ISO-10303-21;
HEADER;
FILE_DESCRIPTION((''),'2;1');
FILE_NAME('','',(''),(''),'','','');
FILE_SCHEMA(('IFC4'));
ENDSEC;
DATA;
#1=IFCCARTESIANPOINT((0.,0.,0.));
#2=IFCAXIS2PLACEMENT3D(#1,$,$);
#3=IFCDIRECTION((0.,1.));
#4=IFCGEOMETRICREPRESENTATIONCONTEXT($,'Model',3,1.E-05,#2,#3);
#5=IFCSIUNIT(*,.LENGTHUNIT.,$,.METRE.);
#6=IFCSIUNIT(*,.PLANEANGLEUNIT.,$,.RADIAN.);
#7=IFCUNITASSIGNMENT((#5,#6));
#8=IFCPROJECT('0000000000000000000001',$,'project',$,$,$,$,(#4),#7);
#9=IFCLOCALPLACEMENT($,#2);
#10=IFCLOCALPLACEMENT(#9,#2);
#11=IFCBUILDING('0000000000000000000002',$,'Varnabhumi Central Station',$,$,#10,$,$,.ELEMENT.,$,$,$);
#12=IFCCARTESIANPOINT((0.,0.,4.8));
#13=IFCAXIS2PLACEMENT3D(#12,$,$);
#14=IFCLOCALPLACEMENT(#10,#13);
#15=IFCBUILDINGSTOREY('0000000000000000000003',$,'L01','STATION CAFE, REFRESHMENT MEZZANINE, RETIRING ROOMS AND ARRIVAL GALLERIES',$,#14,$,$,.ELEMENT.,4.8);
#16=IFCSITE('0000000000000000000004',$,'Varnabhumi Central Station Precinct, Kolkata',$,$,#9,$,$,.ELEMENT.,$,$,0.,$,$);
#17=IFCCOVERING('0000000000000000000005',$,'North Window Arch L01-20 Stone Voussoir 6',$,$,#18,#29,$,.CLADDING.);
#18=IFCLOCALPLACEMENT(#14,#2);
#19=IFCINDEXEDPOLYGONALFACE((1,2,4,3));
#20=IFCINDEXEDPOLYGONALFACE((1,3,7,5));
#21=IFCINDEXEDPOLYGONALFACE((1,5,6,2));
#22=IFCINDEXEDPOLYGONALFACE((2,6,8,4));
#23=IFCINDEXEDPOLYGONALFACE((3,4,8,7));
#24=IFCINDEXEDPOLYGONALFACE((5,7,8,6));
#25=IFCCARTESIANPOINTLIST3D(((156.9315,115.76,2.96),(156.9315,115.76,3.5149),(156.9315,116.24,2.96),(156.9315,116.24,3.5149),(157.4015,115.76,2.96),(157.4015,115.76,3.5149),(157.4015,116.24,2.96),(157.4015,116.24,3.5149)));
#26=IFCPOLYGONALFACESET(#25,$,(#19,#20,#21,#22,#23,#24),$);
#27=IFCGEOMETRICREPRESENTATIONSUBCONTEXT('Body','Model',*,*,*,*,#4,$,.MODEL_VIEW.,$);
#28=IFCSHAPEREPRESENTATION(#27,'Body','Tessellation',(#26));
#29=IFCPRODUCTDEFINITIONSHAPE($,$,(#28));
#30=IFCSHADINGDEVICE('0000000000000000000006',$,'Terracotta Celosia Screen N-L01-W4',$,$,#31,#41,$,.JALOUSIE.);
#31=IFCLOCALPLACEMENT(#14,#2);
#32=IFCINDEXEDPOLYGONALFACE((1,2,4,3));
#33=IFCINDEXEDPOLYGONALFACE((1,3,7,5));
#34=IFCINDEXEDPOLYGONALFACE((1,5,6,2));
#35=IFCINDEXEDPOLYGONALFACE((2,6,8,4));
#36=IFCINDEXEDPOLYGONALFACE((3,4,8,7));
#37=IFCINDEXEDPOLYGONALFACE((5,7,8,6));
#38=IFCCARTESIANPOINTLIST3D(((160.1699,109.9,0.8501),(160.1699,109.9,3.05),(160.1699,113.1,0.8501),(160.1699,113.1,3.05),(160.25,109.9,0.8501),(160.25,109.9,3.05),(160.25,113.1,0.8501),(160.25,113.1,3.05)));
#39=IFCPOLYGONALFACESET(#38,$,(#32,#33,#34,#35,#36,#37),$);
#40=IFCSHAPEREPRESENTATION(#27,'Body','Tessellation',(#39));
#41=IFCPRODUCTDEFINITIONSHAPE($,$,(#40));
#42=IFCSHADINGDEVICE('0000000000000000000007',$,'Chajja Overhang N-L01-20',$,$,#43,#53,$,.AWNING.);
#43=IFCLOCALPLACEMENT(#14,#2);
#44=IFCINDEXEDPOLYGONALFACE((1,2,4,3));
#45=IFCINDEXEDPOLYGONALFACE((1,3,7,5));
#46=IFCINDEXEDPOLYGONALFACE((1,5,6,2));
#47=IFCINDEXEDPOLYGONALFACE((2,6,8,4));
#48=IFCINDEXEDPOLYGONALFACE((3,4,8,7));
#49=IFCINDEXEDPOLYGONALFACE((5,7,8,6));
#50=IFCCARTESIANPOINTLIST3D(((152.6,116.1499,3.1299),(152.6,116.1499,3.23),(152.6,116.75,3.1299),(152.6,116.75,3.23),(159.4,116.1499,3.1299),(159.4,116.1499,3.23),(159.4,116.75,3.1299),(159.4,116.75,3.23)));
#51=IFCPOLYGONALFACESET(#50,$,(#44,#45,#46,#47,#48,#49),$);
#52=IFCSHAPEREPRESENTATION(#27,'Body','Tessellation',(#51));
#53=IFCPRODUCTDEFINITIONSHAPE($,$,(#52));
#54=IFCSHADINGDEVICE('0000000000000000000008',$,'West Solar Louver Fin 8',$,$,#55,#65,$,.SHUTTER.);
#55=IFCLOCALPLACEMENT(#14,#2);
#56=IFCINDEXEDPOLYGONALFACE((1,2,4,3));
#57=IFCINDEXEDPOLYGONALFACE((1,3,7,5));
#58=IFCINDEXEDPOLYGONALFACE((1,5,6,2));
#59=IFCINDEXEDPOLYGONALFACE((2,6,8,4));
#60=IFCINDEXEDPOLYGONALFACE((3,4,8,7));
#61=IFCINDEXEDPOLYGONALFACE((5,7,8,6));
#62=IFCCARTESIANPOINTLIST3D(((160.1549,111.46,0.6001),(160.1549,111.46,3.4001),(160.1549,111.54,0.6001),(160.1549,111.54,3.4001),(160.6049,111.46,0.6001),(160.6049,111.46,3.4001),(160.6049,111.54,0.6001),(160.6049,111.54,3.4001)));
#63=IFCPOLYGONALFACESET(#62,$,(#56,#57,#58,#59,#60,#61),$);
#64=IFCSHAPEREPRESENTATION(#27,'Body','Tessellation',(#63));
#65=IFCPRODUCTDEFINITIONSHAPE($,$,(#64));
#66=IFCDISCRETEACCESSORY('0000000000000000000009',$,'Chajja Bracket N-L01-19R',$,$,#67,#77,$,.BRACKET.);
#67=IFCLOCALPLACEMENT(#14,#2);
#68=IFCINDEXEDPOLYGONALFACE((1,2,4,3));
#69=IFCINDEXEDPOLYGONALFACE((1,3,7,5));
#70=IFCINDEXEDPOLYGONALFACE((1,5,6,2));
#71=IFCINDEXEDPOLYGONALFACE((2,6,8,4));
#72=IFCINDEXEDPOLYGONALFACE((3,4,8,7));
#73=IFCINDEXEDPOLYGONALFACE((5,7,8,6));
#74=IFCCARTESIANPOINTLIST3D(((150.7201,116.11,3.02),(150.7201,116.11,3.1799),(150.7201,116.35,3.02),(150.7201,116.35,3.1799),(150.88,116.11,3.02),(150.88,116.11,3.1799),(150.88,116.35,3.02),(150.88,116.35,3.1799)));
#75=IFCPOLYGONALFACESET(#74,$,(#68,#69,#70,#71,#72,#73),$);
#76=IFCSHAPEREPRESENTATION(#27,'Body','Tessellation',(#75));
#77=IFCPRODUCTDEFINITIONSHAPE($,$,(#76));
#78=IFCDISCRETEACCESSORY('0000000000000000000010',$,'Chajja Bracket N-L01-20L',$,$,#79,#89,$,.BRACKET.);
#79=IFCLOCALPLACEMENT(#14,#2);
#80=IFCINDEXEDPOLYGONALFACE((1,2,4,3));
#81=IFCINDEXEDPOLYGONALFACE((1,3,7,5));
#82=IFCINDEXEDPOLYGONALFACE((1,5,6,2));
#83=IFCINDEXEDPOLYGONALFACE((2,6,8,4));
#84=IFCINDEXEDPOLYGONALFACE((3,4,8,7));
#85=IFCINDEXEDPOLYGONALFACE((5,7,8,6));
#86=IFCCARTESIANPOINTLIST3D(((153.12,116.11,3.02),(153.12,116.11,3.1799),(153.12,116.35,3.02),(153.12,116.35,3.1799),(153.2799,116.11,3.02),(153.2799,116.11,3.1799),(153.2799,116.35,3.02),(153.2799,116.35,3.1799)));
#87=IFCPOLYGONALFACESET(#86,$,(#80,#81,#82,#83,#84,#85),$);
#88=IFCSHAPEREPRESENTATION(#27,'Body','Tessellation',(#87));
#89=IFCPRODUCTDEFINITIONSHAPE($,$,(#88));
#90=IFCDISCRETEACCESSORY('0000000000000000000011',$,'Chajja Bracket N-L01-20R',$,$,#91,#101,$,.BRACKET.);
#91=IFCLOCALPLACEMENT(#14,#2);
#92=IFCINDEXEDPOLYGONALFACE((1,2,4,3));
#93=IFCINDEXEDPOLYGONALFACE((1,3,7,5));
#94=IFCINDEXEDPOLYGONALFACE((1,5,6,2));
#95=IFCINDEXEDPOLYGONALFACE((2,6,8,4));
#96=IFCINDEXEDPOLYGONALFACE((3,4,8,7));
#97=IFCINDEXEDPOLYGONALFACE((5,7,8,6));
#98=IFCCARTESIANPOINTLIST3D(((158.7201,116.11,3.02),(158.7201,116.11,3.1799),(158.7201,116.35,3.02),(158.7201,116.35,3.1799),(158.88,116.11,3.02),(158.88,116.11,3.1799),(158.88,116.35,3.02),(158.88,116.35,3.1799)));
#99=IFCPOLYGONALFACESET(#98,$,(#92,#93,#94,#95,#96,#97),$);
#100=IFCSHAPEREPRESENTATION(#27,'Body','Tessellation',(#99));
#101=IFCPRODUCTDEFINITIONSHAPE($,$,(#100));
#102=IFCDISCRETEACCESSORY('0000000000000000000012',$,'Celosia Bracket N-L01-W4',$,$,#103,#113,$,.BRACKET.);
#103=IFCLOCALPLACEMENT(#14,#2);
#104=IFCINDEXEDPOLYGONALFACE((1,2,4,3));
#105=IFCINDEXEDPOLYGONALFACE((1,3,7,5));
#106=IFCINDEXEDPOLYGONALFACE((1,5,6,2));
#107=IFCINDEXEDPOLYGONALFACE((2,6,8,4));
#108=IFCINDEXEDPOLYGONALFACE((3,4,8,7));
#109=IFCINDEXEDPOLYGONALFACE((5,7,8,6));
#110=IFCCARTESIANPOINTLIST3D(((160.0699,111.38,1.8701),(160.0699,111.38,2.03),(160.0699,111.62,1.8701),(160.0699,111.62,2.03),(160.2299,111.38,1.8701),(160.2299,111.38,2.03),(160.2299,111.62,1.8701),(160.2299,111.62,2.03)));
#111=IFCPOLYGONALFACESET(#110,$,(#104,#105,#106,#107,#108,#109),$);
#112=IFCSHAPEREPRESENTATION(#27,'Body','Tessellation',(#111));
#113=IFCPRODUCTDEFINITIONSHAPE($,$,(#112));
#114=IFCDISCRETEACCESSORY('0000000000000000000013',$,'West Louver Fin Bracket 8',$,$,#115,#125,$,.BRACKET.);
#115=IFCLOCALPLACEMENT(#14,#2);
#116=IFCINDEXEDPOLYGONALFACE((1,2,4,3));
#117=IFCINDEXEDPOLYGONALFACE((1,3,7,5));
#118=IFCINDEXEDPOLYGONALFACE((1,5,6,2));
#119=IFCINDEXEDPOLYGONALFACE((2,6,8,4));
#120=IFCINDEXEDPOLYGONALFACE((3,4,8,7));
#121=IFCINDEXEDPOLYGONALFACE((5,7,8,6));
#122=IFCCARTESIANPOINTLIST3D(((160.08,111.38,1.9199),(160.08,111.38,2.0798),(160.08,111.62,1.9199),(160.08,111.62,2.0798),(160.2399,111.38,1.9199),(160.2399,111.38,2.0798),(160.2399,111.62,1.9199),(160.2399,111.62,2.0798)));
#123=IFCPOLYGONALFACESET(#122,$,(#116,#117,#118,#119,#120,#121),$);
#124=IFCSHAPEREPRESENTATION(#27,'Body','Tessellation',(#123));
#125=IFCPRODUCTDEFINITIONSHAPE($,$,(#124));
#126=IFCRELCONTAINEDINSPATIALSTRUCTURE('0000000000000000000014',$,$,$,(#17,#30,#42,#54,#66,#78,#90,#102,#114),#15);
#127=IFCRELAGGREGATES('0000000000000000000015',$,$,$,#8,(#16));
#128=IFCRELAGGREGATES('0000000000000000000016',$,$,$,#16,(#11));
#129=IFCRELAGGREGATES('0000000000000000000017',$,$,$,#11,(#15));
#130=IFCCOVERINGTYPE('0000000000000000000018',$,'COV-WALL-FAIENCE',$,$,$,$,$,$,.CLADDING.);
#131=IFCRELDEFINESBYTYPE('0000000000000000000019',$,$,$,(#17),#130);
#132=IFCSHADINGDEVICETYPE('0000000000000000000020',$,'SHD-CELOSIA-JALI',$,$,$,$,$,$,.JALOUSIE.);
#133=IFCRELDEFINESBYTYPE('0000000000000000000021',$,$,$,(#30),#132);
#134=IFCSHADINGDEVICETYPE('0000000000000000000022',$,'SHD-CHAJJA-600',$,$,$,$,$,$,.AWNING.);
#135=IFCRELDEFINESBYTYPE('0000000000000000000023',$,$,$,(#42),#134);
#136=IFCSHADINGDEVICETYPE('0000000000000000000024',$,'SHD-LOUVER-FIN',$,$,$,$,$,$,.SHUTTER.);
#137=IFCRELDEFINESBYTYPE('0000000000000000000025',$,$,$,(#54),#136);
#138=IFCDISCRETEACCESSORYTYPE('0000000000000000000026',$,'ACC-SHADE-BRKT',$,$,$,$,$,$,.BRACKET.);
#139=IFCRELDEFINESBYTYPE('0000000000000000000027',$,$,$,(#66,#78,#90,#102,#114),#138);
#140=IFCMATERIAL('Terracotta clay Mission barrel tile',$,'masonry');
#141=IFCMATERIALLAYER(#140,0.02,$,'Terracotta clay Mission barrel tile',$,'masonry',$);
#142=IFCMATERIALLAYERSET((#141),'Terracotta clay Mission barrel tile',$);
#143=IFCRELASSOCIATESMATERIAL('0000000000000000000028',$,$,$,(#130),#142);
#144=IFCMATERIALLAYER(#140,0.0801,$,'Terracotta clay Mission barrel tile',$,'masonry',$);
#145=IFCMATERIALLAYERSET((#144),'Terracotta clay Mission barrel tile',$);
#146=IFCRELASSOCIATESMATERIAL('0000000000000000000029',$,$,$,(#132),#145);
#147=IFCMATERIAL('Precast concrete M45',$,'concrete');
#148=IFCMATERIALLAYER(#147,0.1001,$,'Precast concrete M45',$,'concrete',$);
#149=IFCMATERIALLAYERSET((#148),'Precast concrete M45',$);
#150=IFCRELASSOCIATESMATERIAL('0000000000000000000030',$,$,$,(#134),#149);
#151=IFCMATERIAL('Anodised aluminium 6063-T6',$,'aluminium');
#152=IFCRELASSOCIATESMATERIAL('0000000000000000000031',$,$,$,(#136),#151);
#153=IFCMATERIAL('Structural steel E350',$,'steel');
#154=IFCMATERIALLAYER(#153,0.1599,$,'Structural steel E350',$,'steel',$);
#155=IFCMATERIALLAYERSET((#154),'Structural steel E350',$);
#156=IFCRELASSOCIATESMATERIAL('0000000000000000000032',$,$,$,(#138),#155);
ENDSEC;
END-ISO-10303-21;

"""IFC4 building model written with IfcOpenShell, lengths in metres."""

from ifc_helpers import new_model, si_unit, direction, frame, origin, origin_2d, place, context, subcontext, project, spatial, rectangle, extrude, material, layer, layer_set, type_object, element, save


model = new_model("IFC4")

# Units and contexts
model_context = context("Model", 3, precision=1e-05, world=origin(), true_north=direction((0.0, 1.0)))
body_context = subcontext(model_context, "Body", "Model", "MODEL_VIEW")
ifc_project = project(units=[si_unit("LENGTHUNIT", "METRE"), si_unit("PLANEANGLEUNIT", "RADIAN")], contexts=[model_context])

# Site, building, storey
site_placement = place(None, origin())
site = spatial("IfcSite", under=ifc_project, at=site_placement, Name="Varnabhumi Central Station Precinct, Kolkata", CompositionType="ELEMENT", RefElevation=0.0)
building_placement = place(site_placement, origin())
building = spatial("IfcBuilding", under=site, at=building_placement, Name="Varnabhumi Central Station", CompositionType="ELEMENT")
storey_placement = place(building_placement, frame((0.0, 0.0, 4.8)))
storey = spatial("IfcBuildingStorey", under=building, at=storey_placement, Name="L01", Description="STATION CAFE, REFRESHMENT MEZZANINE, RETIRING ROOMS AND ARRIVAL GALLERIES", CompositionType="ELEMENT", Elevation=4.8)

# Covering
ifc_material_1 = material(Name="Terracotta clay Mission barrel tile", Category="masonry")
ifc_layer_1 = layer(ifc_material_1, 0.02, Name="Terracotta clay Mission barrel tile", Category="masonry")
ifc_layer_set_1 = layer_set([ifc_layer_1], Name="Terracotta clay Mission barrel tile")
covering_type = type_object("IfcCoveringType", Name="COV-WALL-FAIENCE", PredefinedType="CLADDING", material=ifc_layer_set_1)
covering_1_placement = place(storey_placement, frame((157.1665, 116.0, 2.96), z_axis=(0.0, 0.0, 1.0), x_axis=(1.0, 0.0, 0.0)))
element("IfcCovering", 1, at=covering_1_placement, inside=storey, type_object=covering_type, Name="North Window Arch L01-20 Stone Voussoir 6", PredefinedType="CLADDING", context=body_context, shape_type="SweptSolid", body=[
    extrude(rectangle(XDim=0.47, YDim=0.48, at=origin_2d()), origin(), (0.0, 0.0, 1.0), 0.5549),
])

# Shading devices
ifc_layer_2 = layer(ifc_material_1, 0.0801, Name="Terracotta clay Mission barrel tile", Category="masonry")
ifc_layer_set_2 = layer_set([ifc_layer_2], Name="Terracotta clay Mission barrel tile")
shading_device_type_1 = type_object("IfcShadingDeviceType", Name="SHD-CELOSIA-JALI", PredefinedType="JALOUSIE", material=ifc_layer_set_2)
shading_device_1_placement = place(storey_placement, frame((160.21, 111.5, 0.8501), z_axis=(0.0, 0.0, 1.0), x_axis=(1.0, 0.0, 0.0)))
element("IfcShadingDevice", 2, at=shading_device_1_placement, inside=storey, type_object=shading_device_type_1, Name="Terracotta Celosia Screen N-L01-W4", PredefinedType="JALOUSIE", context=body_context, shape_type="SweptSolid", body=[
    extrude(rectangle(XDim=0.0801, YDim=3.2, at=origin_2d()), origin(), (0.0, 0.0, 1.0), 2.2),
])
ifc_material_2 = material(Name="Precast concrete M45", Category="concrete")
ifc_layer_3 = layer(ifc_material_2, 0.1001, Name="Precast concrete M45", Category="concrete")
ifc_layer_set_3 = layer_set([ifc_layer_3], Name="Precast concrete M45")
shading_device_type_2 = type_object("IfcShadingDeviceType", Name="SHD-CHAJJA-600", PredefinedType="AWNING", material=ifc_layer_set_3)
shading_device_2_placement = place(storey_placement, frame((156.0, 116.45, 3.1299), z_axis=(0.0, 0.0, 1.0), x_axis=(1.0, 0.0, 0.0)))
element("IfcShadingDevice", 3, at=shading_device_2_placement, inside=storey, type_object=shading_device_type_2, Name="Chajja Overhang N-L01-20", PredefinedType="AWNING", context=body_context, shape_type="SweptSolid", body=[
    extrude(rectangle(XDim=6.8, YDim=0.6001, at=origin_2d()), origin(), (0.0, 0.0, 1.0), 0.1001),
])
ifc_material_3 = material(Name="Anodised aluminium 6063-T6", Category="aluminium")
shading_device_type_3 = type_object("IfcShadingDeviceType", Name="SHD-LOUVER-FIN", PredefinedType="SHUTTER", material=ifc_material_3)
shading_device_3_placement = place(storey_placement, frame((160.3799, 111.5, 0.6001), z_axis=(0.0, 0.0, 1.0), x_axis=(1.0, 0.0, 0.0)))
element("IfcShadingDevice", 4, at=shading_device_3_placement, inside=storey, type_object=shading_device_type_3, Name="West Solar Louver Fin 8", PredefinedType="SHUTTER", context=body_context, shape_type="SweptSolid", body=[
    extrude(rectangle(XDim=0.45, YDim=0.0801, at=origin_2d()), origin(), (0.0, 0.0, 1.0), 2.8),
])

# Discrete accessories
ifc_material_4 = material(Name="Structural steel E350", Category="steel")
ifc_layer_4 = layer(ifc_material_4, 0.1599, Name="Structural steel E350", Category="steel")
ifc_layer_set_4 = layer_set([ifc_layer_4], Name="Structural steel E350")
discrete_accessory_type = type_object("IfcDiscreteAccessoryType", Name="ACC-SHADE-BRKT", PredefinedType="BRACKET", material=ifc_layer_set_4)
for number, where, z_axis, x_axis, name in (
    (5, (150.8, 116.23, 3.02), (0.0, 0.0, 1.0), (1.0, 0.0, 0.0), "Chajja Bracket N-L01-19R"),
    (6, (153.2, 116.23, 3.02), (0.0, 0.0, 1.0), (1.0, 0.0, 0.0), "Chajja Bracket N-L01-20L"),
    (7, (158.8, 116.23, 3.02), (0.0, 0.0, 1.0), (1.0, 0.0, 0.0), "Chajja Bracket N-L01-20R"),
    (8, (160.1499, 111.5, 1.8701), (0.0, 0.0, 1.0), (1.0, 0.0, 0.0), "Celosia Bracket N-L01-W4"),
    (9, (160.1599, 111.5, 1.9199), (0.0, 0.0, 1.0), (1.0, 0.0, 0.0), "West Louver Fin Bracket 8"),
):
    element("IfcDiscreteAccessory", number, at=place(storey_placement, frame(where, z_axis=z_axis, x_axis=x_axis)), inside=storey, type_object=discrete_accessory_type, Name=name, PredefinedType="BRACKET", context=body_context, shape_type="SweptSolid", body=[
        extrude(rectangle(XDim=0.1599, YDim=0.24, at=origin_2d()), origin(), (0.0, 0.0, 1.0), 0.1599),
    ])

save(model, "model.ifc")
